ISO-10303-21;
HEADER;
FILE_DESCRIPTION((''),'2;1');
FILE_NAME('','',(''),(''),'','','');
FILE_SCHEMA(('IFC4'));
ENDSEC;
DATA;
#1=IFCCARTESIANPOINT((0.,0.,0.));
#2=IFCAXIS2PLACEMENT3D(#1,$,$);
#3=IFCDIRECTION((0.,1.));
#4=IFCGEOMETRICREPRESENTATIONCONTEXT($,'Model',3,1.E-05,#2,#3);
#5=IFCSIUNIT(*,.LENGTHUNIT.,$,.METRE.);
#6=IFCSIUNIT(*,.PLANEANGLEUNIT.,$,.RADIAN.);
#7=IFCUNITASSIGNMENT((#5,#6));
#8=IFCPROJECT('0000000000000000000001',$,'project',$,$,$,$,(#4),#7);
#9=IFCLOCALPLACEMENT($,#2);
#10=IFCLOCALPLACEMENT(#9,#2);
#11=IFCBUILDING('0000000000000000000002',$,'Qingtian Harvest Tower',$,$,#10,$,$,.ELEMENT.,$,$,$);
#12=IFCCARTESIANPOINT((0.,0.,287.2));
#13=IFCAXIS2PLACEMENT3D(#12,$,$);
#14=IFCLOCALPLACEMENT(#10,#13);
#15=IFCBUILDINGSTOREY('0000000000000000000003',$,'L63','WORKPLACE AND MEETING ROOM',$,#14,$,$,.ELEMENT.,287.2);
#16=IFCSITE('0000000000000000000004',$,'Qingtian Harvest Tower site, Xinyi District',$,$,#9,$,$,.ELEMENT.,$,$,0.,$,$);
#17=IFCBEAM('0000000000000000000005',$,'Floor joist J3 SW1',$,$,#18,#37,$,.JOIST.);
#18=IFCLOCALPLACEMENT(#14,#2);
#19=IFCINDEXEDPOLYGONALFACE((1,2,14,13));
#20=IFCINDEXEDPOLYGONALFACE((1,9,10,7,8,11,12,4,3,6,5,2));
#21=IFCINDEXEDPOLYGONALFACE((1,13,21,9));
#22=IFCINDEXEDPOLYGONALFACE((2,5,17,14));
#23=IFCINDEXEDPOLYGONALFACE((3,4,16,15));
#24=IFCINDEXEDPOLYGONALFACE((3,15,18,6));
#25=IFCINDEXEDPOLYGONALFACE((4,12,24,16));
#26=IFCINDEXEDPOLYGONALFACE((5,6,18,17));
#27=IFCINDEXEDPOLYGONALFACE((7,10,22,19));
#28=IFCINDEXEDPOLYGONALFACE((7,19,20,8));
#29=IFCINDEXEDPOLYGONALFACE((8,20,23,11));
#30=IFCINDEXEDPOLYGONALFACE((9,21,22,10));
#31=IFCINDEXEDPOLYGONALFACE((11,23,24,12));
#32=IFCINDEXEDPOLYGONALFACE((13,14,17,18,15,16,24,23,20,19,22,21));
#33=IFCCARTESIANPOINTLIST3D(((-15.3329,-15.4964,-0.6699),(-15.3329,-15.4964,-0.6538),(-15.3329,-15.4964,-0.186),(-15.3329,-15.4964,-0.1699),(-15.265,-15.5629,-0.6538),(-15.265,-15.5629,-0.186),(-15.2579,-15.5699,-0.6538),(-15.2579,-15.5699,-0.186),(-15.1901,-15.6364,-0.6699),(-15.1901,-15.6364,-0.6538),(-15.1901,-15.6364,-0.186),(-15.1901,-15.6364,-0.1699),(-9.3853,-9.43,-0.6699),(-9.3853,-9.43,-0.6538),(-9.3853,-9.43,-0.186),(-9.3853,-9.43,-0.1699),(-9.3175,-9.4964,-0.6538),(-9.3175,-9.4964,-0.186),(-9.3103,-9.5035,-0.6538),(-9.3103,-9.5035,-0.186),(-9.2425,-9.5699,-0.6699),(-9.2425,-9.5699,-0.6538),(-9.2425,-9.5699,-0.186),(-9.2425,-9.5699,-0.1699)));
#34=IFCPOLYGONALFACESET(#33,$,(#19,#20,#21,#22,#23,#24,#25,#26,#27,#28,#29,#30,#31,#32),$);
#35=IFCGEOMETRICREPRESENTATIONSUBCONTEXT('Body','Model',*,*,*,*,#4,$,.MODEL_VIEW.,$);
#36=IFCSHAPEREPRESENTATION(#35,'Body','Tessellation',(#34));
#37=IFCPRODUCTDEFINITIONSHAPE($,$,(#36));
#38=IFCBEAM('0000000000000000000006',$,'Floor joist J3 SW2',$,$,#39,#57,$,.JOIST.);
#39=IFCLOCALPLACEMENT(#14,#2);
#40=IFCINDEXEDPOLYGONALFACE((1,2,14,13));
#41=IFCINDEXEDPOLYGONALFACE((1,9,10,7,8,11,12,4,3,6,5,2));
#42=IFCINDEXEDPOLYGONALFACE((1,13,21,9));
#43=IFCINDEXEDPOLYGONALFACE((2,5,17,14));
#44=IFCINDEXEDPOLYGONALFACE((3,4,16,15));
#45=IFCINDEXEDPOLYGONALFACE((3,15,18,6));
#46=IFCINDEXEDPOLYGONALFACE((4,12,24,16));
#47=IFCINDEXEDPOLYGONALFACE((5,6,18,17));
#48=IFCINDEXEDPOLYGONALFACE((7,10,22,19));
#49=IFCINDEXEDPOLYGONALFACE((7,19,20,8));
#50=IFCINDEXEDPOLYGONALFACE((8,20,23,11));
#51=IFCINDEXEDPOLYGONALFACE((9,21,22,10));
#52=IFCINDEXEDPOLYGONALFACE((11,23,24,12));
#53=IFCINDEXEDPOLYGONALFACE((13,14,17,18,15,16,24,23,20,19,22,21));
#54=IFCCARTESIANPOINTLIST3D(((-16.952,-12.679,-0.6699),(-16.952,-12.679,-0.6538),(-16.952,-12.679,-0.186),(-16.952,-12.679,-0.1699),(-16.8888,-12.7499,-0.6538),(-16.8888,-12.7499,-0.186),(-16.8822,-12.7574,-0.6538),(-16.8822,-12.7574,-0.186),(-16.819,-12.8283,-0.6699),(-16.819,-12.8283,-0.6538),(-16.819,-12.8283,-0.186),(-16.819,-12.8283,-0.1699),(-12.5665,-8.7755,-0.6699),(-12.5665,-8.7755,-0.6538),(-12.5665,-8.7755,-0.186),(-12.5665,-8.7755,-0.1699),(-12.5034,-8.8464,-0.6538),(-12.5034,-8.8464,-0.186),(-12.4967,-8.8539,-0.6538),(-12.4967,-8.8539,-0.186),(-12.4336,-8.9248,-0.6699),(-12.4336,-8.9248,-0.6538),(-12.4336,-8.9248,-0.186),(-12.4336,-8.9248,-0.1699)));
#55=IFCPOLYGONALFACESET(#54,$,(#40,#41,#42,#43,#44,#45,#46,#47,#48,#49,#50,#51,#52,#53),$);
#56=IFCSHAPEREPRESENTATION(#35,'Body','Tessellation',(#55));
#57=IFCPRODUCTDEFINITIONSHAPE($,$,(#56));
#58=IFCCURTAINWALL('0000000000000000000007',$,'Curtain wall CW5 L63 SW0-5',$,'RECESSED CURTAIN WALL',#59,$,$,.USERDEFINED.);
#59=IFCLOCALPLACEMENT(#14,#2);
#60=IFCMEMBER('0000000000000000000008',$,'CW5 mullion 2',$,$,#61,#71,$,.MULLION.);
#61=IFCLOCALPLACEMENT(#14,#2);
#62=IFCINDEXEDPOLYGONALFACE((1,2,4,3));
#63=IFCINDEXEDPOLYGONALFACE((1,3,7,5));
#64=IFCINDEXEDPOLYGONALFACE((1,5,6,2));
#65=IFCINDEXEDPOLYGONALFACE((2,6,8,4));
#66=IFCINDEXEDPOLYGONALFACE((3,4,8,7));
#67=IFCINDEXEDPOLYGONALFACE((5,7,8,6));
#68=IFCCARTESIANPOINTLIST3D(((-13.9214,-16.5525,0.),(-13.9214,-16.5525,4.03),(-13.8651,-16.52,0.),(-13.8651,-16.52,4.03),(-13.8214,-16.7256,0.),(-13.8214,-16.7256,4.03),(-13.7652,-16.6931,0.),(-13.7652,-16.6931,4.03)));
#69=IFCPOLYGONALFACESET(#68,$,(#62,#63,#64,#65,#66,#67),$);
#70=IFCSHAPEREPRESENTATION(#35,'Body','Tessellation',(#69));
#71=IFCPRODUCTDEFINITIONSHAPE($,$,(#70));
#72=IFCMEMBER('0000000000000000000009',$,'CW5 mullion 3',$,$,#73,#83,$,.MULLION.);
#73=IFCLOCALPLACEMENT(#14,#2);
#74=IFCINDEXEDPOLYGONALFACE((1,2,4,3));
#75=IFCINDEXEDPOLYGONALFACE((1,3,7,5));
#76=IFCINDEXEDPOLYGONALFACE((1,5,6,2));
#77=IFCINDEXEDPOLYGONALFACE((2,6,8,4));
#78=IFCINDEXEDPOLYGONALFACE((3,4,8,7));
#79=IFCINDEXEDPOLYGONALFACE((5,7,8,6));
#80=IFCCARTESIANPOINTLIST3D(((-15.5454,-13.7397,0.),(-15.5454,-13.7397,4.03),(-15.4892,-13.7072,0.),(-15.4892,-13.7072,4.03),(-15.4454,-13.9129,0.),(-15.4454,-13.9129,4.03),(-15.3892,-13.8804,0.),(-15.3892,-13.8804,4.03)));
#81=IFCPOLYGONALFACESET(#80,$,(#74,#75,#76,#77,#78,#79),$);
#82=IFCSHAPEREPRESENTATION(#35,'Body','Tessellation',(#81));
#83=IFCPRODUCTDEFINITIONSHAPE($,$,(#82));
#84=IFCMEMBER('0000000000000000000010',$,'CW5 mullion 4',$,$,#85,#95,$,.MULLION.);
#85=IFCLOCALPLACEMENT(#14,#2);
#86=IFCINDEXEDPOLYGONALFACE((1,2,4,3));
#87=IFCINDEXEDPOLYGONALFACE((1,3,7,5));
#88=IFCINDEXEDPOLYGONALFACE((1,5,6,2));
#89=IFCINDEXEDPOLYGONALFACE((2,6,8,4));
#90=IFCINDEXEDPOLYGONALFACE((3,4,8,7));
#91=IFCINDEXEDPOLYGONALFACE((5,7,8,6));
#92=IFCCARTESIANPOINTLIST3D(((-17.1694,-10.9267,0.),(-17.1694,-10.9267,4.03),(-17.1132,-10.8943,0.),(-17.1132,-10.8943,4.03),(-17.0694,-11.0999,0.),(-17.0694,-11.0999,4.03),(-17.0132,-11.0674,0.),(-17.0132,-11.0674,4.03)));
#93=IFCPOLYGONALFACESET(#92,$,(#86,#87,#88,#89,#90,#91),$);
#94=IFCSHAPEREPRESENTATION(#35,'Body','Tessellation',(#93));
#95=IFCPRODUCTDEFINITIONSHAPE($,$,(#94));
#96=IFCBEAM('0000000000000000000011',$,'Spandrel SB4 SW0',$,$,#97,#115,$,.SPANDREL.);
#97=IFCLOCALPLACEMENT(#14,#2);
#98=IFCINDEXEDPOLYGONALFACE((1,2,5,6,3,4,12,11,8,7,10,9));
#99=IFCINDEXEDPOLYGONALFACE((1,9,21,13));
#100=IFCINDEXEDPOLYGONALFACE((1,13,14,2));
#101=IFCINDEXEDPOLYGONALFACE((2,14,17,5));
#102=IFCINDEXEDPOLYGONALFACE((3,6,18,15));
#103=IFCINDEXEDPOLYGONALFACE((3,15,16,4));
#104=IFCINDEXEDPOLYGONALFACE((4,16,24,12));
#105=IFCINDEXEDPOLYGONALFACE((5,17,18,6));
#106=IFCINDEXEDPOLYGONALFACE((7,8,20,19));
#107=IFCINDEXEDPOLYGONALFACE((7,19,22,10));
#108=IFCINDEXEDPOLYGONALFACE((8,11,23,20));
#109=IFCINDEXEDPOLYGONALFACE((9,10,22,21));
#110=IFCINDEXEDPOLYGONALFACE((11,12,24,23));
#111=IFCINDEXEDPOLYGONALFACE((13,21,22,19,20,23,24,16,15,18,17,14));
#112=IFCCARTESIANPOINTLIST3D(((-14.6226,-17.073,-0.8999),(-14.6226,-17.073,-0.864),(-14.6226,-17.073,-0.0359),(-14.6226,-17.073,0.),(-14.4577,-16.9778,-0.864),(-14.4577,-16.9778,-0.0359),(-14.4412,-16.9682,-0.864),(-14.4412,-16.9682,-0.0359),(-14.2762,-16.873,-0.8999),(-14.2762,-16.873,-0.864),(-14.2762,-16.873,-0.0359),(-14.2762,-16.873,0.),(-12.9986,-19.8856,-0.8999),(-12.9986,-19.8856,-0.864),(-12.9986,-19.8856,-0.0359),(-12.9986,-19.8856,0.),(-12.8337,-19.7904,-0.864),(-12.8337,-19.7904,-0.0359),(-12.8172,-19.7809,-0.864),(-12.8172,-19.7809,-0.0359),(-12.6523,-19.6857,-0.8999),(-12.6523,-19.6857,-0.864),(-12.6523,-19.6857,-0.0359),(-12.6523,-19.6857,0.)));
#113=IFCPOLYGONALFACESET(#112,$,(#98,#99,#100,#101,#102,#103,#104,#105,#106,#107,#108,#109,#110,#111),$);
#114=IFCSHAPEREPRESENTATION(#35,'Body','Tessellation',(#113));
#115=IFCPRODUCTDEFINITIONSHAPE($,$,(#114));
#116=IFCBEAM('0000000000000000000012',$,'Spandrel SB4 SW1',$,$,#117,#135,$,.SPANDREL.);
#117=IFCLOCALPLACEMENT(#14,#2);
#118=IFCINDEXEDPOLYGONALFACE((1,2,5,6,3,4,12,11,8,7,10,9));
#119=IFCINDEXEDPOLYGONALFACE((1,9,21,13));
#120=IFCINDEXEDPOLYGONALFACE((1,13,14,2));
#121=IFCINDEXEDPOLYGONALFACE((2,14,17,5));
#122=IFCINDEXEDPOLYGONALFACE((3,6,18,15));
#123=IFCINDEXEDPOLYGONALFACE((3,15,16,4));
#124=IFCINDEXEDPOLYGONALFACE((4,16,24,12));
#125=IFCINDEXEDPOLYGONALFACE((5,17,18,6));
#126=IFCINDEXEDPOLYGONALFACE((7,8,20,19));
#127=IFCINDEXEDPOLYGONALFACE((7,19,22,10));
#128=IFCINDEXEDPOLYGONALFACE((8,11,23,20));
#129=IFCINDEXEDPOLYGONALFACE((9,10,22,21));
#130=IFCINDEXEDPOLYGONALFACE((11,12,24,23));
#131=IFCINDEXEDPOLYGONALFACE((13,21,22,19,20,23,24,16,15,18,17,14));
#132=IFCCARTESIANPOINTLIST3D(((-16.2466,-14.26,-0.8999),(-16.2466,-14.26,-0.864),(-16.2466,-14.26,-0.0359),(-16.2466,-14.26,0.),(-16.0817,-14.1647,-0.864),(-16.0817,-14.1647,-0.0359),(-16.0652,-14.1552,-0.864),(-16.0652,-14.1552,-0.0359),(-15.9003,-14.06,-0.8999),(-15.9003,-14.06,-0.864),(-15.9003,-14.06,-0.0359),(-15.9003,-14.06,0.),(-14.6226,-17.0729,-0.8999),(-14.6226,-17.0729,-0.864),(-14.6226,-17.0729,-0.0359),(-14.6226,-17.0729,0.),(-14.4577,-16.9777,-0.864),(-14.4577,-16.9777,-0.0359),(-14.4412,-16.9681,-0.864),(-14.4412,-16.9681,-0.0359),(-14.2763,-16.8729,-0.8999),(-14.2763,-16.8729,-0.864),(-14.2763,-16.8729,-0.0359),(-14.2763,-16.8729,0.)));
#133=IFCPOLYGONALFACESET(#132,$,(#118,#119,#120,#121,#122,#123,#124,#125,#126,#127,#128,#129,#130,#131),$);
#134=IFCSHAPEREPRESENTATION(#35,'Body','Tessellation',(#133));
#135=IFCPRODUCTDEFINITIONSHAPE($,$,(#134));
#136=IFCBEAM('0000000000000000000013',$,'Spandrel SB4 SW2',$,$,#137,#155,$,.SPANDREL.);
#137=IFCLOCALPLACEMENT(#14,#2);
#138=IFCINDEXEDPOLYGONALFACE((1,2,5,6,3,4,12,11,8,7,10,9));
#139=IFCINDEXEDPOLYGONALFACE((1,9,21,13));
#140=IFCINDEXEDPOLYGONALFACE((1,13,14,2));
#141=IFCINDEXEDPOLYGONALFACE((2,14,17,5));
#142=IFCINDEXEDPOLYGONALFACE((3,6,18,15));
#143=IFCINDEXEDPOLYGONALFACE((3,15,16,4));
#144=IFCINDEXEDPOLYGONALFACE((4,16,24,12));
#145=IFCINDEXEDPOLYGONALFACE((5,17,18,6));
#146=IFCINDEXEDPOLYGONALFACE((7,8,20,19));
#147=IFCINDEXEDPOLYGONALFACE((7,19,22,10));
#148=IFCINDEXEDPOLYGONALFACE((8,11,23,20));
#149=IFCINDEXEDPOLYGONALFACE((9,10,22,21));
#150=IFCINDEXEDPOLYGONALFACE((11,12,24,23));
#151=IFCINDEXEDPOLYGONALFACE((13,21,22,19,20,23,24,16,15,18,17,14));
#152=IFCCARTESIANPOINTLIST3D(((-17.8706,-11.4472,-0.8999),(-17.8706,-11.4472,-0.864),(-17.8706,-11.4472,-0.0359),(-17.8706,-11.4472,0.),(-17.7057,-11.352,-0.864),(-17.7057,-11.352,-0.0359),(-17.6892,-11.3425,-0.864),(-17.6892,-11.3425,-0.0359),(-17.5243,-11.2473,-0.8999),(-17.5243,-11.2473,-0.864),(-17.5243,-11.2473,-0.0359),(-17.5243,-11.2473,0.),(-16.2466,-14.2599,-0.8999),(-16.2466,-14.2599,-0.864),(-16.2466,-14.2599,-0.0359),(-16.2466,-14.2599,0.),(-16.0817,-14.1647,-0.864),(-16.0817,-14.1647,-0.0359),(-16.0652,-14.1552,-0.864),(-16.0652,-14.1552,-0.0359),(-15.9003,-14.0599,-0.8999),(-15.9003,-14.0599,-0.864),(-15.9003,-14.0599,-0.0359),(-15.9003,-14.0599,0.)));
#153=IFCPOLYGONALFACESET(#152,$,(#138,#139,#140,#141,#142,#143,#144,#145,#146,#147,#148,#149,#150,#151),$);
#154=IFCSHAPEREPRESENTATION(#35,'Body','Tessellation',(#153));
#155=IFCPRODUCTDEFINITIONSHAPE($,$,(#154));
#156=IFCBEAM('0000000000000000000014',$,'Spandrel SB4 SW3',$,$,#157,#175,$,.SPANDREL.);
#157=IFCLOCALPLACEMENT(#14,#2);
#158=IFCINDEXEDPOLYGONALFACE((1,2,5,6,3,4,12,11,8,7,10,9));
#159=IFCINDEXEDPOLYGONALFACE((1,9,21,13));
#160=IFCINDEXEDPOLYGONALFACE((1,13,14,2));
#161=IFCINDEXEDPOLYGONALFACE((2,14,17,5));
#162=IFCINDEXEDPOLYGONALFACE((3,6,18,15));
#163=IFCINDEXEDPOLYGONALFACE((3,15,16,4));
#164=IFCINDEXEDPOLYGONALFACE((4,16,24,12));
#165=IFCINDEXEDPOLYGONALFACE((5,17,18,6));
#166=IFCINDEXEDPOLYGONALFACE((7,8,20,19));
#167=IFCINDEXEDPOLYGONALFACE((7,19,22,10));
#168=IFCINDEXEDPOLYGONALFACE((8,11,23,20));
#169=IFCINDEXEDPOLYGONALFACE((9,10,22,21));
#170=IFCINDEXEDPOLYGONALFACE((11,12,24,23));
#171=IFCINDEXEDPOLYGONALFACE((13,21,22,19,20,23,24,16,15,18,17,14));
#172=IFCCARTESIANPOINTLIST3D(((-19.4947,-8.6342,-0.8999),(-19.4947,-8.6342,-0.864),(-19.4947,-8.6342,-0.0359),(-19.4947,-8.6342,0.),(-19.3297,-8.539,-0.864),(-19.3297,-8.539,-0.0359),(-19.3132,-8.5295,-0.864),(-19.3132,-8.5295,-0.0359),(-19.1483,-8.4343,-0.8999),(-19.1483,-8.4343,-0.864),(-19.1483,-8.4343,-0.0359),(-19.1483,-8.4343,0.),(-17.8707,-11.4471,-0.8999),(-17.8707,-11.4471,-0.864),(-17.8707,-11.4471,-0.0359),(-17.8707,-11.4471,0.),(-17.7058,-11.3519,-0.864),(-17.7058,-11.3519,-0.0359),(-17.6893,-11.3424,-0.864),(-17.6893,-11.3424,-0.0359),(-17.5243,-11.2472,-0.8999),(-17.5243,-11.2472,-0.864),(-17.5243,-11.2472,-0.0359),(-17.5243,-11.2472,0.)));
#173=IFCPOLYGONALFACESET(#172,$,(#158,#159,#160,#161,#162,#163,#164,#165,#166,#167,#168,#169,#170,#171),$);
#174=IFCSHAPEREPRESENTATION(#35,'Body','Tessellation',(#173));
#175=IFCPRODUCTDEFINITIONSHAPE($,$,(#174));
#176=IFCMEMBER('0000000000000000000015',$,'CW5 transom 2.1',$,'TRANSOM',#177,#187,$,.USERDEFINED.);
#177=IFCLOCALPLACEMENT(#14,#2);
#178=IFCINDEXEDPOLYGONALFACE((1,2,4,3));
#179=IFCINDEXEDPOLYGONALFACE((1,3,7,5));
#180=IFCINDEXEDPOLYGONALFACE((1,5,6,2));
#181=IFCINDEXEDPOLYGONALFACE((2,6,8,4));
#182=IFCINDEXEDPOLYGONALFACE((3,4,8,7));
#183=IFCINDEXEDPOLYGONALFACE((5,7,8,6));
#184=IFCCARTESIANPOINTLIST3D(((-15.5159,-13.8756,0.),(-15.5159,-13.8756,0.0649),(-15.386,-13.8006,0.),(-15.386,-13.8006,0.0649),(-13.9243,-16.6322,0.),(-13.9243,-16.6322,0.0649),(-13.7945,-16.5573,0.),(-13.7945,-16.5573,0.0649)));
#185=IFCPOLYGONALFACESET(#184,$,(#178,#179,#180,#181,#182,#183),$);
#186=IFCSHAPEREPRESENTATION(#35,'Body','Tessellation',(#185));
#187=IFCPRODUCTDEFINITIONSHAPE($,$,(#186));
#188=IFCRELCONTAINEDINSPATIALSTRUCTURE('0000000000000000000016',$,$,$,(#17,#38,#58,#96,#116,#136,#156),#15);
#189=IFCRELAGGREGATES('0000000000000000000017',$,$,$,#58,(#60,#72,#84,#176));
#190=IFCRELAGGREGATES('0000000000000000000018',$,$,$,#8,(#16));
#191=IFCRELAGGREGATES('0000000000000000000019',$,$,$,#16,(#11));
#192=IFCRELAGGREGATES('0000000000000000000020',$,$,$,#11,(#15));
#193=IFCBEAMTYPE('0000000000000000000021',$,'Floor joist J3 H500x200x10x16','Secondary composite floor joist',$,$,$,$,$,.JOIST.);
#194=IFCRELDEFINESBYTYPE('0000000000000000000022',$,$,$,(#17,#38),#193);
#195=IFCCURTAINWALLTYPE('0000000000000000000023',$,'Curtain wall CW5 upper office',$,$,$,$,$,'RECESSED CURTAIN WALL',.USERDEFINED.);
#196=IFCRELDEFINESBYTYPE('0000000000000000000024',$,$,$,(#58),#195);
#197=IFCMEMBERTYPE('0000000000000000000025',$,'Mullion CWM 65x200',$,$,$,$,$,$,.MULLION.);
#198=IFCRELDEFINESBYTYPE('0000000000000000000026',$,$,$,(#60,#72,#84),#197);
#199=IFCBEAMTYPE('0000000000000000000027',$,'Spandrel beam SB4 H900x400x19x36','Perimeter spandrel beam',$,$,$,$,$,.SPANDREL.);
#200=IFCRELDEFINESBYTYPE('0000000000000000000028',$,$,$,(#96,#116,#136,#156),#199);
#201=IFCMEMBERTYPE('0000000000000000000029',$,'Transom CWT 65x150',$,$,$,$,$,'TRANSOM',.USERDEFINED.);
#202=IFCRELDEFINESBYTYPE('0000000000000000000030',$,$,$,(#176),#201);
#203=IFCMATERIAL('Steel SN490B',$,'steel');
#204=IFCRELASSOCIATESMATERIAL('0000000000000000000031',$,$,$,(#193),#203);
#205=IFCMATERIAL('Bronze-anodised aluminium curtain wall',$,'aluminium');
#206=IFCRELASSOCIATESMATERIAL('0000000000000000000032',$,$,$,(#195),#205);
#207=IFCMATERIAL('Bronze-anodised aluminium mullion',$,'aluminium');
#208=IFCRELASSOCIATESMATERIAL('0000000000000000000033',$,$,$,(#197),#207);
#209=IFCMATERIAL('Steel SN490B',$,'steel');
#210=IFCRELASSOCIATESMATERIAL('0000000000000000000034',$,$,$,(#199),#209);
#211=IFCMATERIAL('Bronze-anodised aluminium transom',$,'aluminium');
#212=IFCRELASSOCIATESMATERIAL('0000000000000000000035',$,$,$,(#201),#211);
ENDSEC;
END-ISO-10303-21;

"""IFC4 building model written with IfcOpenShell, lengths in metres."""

from ifc_helpers import new_model, si_unit, direction, frame, origin, origin_2d, place, context, subcontext, project, spatial, rectangle, i_section, extrude, material, material_profile, profile_set, type_object, element, aggregate, save


model = new_model("IFC4")

# Units and contexts
model_context = context("Model", 3, precision=1e-05, world=origin(), true_north=direction((0.0, 1.0)))
body_context = subcontext(model_context, "Body", "Model", "MODEL_VIEW")
ifc_project = project(units=[si_unit("LENGTHUNIT", "METRE"), si_unit("PLANEANGLEUNIT", "RADIAN")], contexts=[model_context])

# Site, building, storey
site_placement = place(None, origin())
site = spatial("IfcSite", under=ifc_project, at=site_placement, Name="Qingtian Harvest Tower site, Xinyi District", CompositionType="ELEMENT", RefElevation=0.0)
building_placement = place(site_placement, origin())
building = spatial("IfcBuilding", under=site, at=building_placement, Name="Qingtian Harvest Tower", CompositionType="ELEMENT")
storey_placement = place(building_placement, frame((0.0, 0.0, 287.2)))
storey = spatial("IfcBuildingStorey", under=building, at=storey_placement, Name="L63", Description="WORKPLACE AND MEETING ROOM", CompositionType="ELEMENT", Elevation=287.2)

# Beams
ifc_material_1 = material(Name="Steel SN490B", Category="steel")
ifc_material_profile_1 = material_profile(ifc_material_1, i_section(OverallWidth=0.2, OverallDepth=0.5, WebThickness=0.01, FlangeThickness=0.0161, at=origin_2d()), Name="H500x200x10x16")
ifc_profile_set_1 = profile_set([ifc_material_profile_1], Name="Steel SN490B")
beam_type_1 = type_object("IfcBeamType", Name="Floor joist J3 H500x200x10x16", Description="Secondary composite floor joist", PredefinedType="JOIST", material=ifc_profile_set_1)
beam_1_placement = place(storey_placement, frame((-15.2615, -15.5664, -0.4199), z_axis=(0.700075, 0.71407, 0.0), x_axis=(-0.71407, 0.700075, 0.0)))
element("IfcBeam", 1, at=beam_1_placement, inside=storey, type_object=beam_type_1, Name="Floor joist J3 SW1", PredefinedType="JOIST", context=body_context, shape_type="SweptSolid", body=[
    extrude(i_section(OverallWidth=0.2, OverallDepth=0.5, WebThickness=0.01, FlangeThickness=0.0161, at=origin_2d()), origin(), (0.0, 0.0, 1.0), 8.4956),
])
beam_2_placement = place(storey_placement, frame((-16.8855, -12.7537, -0.4199), z_axis=(0.746957, 0.664872, 0.0), x_axis=(-0.664872, 0.746957, 0.0)))
element("IfcBeam", 2, at=beam_2_placement, inside=storey, type_object=beam_type_1, Name="Floor joist J3 SW2", PredefinedType="JOIST", context=body_context, shape_type="SweptSolid", body=[
    extrude(i_section(OverallWidth=0.2, OverallDepth=0.5, WebThickness=0.01, FlangeThickness=0.0161, at=origin_2d()), origin(), (0.0, 0.0, 1.0), 5.8711),
])

# Curtain wall, members
ifc_material_2 = material(Name="Bronze-anodised aluminium curtain wall", Category="aluminium")
curtain_wall_type = type_object("IfcCurtainWallType", Name="Curtain wall CW5 upper office", ElementType="RECESSED CURTAIN WALL", PredefinedType="USERDEFINED", material=ifc_material_2)
curtain_wall_placement = place(storey_placement, origin())
curtain_wall = element("IfcCurtainWall", 3, at=curtain_wall_placement, inside=storey, type_object=curtain_wall_type, Name="Curtain wall CW5 L63 SW0-5", ObjectType="RECESSED CURTAIN WALL", PredefinedType="USERDEFINED")
ifc_material_3 = material(Name="Bronze-anodised aluminium mullion", Category="aluminium")
ifc_material_profile_2 = material_profile(ifc_material_3, rectangle(XDim=0.0649, YDim=0.2, at=origin_2d()), Name="AL 65x200")
ifc_profile_set_2 = profile_set([ifc_material_profile_2], Name="Bronze-anodised aluminium mullion")
member_type_1 = type_object("IfcMemberType", Name="Mullion CWM 65x200", PredefinedType="MULLION", material=ifc_profile_set_2)
member_1_placement = place(storey_placement, frame((-13.8433, -16.6228, 0.0), z_axis=(0.0, 0.0, 1.0), x_axis=(-0.866025, -0.5, 0.0)))
member_1 = element("IfcMember", 4, at=member_1_placement, type_object=member_type_1, Name="CW5 mullion 2", PredefinedType="MULLION", context=body_context, shape_type="SweptSolid", body=[
    extrude(rectangle(XDim=0.0649, YDim=0.2, at=origin_2d()), origin(), (0.0, 0.0, 1.0), 4.03),
])
member_2_placement = place(storey_placement, frame((-15.4673, -13.8101, 0.0), z_axis=(0.0, 0.0, 1.0), x_axis=(-0.866025, -0.5, 0.0)))
member_2 = element("IfcMember", 5, at=member_2_placement, type_object=member_type_1, Name="CW5 mullion 3", PredefinedType="MULLION", context=body_context, shape_type="SweptSolid", body=[
    extrude(rectangle(XDim=0.0649, YDim=0.2, at=origin_2d()), origin(), (0.0, 0.0, 1.0), 4.03),
])
member_3_placement = place(storey_placement, frame((-17.0913, -10.9971, 0.0), z_axis=(0.0, 0.0, 1.0), x_axis=(-0.866025, -0.5, 0.0)))
member_3 = element("IfcMember", 6, at=member_3_placement, type_object=member_type_1, Name="CW5 mullion 4", PredefinedType="MULLION", context=body_context, shape_type="SweptSolid", body=[
    extrude(rectangle(XDim=0.0649, YDim=0.2, at=origin_2d()), origin(), (0.0, 0.0, 1.0), 4.03),
])

# Beams
ifc_material_4 = material(Name="Steel SN490B", Category="steel")
ifc_material_profile_3 = material_profile(ifc_material_4, i_section(OverallWidth=0.3999, OverallDepth=0.8999, WebThickness=0.019, FlangeThickness=0.0359, at=origin_2d()), Name="H900x400x19x36")
ifc_profile_set_3 = profile_set([ifc_material_profile_3], Name="Steel SN490B")
beam_type_2 = type_object("IfcBeamType", Name="Spandrel beam SB4 H900x400x19x36", Description="Perimeter spandrel beam", PredefinedType="SPANDREL", material=ifc_profile_set_3)
beam_3_placement = place(storey_placement, frame((-12.8254, -19.7856, -0.45), z_axis=(-0.50002, 0.866014, 0.0), x_axis=(-0.866014, -0.50002, 0.0)))
element("IfcBeam", 7, at=beam_3_placement, inside=storey, type_object=beam_type_2, Name="Spandrel SB4 SW0", PredefinedType="SPANDREL", context=body_context, shape_type="SweptSolid", body=[
    extrude(i_section(OverallWidth=0.3999, OverallDepth=0.8999, WebThickness=0.019, FlangeThickness=0.0359, at=origin_2d()), origin(), (0.0, 0.0, 1.0), 3.2478),
])
beam_4_placement = place(storey_placement, frame((-14.4495, -16.9729, -0.45), z_axis=(-0.499987, 0.866033, 0.0), x_axis=(-0.866033, -0.499987, 0.0)))
element("IfcBeam", 8, at=beam_4_placement, inside=storey, type_object=beam_type_2, Name="Spandrel SB4 SW1", PredefinedType="SPANDREL", context=body_context, shape_type="SweptSolid", body=[
    extrude(i_section(OverallWidth=0.3999, OverallDepth=0.8999, WebThickness=0.019, FlangeThickness=0.0359, at=origin_2d()), origin(), (0.0, 0.0, 1.0), 3.248),
])
beam_5_placement = place(storey_placement, frame((-16.0735, -14.1599, -0.45), z_axis=(-0.50002, 0.866014, 0.0), x_axis=(-0.866014, -0.50002, 0.0)))
element("IfcBeam", 9, at=beam_5_placement, inside=storey, type_object=beam_type_2, Name="Spandrel SB4 SW2", PredefinedType="SPANDREL", context=body_context, shape_type="SweptSolid", body=[
    extrude(i_section(OverallWidth=0.3999, OverallDepth=0.8999, WebThickness=0.019, FlangeThickness=0.0359, at=origin_2d()), origin(), (0.0, 0.0, 1.0), 3.2478),
])
beam_6_placement = place(storey_placement, frame((-17.6975, -11.3472, -0.45), z_axis=(-0.499987, 0.866033, 0.0), x_axis=(-0.866033, -0.499987, 0.0)))
element("IfcBeam", 10, at=beam_6_placement, inside=storey, type_object=beam_type_2, Name="Spandrel SB4 SW3", PredefinedType="SPANDREL", context=body_context, shape_type="SweptSolid", body=[
    extrude(i_section(OverallWidth=0.3999, OverallDepth=0.8999, WebThickness=0.019, FlangeThickness=0.0359, at=origin_2d()), origin(), (0.0, 0.0, 1.0), 3.248),
])

# Member
ifc_material_5 = material(Name="Bronze-anodised aluminium transom", Category="aluminium")
ifc_material_profile_4 = material_profile(ifc_material_5, rectangle(XDim=0.1499, YDim=0.0649, at=origin_2d()), Name="AL 65x150")
ifc_profile_set_4 = profile_set([ifc_material_profile_4], Name="Bronze-anodised aluminium transom")
member_type_2 = type_object("IfcMemberType", Name="Transom CWT 65x150", ElementType="TRANSOM", PredefinedType="USERDEFINED", material=ifc_profile_set_4)
member_4_placement = place(storey_placement, frame((-13.8594, -16.5947, 0.0325), z_axis=(-0.500008, 0.866021, 0.0), x_axis=(-0.866021, -0.500008, 0.0)))
member_4 = element("IfcMember", 11, at=member_4_placement, type_object=member_type_2, Name="CW5 transom 2.1", ObjectType="TRANSOM", PredefinedType="USERDEFINED", context=body_context, shape_type="SweptSolid", body=[
    extrude(rectangle(XDim=0.1499, YDim=0.0649, at=origin_2d()), origin(), (0.0, 0.0, 1.0), 3.1831),
])

aggregate(curtain_wall, [member_1, member_2, member_3, member_4])

save(model, "model.ifc")
